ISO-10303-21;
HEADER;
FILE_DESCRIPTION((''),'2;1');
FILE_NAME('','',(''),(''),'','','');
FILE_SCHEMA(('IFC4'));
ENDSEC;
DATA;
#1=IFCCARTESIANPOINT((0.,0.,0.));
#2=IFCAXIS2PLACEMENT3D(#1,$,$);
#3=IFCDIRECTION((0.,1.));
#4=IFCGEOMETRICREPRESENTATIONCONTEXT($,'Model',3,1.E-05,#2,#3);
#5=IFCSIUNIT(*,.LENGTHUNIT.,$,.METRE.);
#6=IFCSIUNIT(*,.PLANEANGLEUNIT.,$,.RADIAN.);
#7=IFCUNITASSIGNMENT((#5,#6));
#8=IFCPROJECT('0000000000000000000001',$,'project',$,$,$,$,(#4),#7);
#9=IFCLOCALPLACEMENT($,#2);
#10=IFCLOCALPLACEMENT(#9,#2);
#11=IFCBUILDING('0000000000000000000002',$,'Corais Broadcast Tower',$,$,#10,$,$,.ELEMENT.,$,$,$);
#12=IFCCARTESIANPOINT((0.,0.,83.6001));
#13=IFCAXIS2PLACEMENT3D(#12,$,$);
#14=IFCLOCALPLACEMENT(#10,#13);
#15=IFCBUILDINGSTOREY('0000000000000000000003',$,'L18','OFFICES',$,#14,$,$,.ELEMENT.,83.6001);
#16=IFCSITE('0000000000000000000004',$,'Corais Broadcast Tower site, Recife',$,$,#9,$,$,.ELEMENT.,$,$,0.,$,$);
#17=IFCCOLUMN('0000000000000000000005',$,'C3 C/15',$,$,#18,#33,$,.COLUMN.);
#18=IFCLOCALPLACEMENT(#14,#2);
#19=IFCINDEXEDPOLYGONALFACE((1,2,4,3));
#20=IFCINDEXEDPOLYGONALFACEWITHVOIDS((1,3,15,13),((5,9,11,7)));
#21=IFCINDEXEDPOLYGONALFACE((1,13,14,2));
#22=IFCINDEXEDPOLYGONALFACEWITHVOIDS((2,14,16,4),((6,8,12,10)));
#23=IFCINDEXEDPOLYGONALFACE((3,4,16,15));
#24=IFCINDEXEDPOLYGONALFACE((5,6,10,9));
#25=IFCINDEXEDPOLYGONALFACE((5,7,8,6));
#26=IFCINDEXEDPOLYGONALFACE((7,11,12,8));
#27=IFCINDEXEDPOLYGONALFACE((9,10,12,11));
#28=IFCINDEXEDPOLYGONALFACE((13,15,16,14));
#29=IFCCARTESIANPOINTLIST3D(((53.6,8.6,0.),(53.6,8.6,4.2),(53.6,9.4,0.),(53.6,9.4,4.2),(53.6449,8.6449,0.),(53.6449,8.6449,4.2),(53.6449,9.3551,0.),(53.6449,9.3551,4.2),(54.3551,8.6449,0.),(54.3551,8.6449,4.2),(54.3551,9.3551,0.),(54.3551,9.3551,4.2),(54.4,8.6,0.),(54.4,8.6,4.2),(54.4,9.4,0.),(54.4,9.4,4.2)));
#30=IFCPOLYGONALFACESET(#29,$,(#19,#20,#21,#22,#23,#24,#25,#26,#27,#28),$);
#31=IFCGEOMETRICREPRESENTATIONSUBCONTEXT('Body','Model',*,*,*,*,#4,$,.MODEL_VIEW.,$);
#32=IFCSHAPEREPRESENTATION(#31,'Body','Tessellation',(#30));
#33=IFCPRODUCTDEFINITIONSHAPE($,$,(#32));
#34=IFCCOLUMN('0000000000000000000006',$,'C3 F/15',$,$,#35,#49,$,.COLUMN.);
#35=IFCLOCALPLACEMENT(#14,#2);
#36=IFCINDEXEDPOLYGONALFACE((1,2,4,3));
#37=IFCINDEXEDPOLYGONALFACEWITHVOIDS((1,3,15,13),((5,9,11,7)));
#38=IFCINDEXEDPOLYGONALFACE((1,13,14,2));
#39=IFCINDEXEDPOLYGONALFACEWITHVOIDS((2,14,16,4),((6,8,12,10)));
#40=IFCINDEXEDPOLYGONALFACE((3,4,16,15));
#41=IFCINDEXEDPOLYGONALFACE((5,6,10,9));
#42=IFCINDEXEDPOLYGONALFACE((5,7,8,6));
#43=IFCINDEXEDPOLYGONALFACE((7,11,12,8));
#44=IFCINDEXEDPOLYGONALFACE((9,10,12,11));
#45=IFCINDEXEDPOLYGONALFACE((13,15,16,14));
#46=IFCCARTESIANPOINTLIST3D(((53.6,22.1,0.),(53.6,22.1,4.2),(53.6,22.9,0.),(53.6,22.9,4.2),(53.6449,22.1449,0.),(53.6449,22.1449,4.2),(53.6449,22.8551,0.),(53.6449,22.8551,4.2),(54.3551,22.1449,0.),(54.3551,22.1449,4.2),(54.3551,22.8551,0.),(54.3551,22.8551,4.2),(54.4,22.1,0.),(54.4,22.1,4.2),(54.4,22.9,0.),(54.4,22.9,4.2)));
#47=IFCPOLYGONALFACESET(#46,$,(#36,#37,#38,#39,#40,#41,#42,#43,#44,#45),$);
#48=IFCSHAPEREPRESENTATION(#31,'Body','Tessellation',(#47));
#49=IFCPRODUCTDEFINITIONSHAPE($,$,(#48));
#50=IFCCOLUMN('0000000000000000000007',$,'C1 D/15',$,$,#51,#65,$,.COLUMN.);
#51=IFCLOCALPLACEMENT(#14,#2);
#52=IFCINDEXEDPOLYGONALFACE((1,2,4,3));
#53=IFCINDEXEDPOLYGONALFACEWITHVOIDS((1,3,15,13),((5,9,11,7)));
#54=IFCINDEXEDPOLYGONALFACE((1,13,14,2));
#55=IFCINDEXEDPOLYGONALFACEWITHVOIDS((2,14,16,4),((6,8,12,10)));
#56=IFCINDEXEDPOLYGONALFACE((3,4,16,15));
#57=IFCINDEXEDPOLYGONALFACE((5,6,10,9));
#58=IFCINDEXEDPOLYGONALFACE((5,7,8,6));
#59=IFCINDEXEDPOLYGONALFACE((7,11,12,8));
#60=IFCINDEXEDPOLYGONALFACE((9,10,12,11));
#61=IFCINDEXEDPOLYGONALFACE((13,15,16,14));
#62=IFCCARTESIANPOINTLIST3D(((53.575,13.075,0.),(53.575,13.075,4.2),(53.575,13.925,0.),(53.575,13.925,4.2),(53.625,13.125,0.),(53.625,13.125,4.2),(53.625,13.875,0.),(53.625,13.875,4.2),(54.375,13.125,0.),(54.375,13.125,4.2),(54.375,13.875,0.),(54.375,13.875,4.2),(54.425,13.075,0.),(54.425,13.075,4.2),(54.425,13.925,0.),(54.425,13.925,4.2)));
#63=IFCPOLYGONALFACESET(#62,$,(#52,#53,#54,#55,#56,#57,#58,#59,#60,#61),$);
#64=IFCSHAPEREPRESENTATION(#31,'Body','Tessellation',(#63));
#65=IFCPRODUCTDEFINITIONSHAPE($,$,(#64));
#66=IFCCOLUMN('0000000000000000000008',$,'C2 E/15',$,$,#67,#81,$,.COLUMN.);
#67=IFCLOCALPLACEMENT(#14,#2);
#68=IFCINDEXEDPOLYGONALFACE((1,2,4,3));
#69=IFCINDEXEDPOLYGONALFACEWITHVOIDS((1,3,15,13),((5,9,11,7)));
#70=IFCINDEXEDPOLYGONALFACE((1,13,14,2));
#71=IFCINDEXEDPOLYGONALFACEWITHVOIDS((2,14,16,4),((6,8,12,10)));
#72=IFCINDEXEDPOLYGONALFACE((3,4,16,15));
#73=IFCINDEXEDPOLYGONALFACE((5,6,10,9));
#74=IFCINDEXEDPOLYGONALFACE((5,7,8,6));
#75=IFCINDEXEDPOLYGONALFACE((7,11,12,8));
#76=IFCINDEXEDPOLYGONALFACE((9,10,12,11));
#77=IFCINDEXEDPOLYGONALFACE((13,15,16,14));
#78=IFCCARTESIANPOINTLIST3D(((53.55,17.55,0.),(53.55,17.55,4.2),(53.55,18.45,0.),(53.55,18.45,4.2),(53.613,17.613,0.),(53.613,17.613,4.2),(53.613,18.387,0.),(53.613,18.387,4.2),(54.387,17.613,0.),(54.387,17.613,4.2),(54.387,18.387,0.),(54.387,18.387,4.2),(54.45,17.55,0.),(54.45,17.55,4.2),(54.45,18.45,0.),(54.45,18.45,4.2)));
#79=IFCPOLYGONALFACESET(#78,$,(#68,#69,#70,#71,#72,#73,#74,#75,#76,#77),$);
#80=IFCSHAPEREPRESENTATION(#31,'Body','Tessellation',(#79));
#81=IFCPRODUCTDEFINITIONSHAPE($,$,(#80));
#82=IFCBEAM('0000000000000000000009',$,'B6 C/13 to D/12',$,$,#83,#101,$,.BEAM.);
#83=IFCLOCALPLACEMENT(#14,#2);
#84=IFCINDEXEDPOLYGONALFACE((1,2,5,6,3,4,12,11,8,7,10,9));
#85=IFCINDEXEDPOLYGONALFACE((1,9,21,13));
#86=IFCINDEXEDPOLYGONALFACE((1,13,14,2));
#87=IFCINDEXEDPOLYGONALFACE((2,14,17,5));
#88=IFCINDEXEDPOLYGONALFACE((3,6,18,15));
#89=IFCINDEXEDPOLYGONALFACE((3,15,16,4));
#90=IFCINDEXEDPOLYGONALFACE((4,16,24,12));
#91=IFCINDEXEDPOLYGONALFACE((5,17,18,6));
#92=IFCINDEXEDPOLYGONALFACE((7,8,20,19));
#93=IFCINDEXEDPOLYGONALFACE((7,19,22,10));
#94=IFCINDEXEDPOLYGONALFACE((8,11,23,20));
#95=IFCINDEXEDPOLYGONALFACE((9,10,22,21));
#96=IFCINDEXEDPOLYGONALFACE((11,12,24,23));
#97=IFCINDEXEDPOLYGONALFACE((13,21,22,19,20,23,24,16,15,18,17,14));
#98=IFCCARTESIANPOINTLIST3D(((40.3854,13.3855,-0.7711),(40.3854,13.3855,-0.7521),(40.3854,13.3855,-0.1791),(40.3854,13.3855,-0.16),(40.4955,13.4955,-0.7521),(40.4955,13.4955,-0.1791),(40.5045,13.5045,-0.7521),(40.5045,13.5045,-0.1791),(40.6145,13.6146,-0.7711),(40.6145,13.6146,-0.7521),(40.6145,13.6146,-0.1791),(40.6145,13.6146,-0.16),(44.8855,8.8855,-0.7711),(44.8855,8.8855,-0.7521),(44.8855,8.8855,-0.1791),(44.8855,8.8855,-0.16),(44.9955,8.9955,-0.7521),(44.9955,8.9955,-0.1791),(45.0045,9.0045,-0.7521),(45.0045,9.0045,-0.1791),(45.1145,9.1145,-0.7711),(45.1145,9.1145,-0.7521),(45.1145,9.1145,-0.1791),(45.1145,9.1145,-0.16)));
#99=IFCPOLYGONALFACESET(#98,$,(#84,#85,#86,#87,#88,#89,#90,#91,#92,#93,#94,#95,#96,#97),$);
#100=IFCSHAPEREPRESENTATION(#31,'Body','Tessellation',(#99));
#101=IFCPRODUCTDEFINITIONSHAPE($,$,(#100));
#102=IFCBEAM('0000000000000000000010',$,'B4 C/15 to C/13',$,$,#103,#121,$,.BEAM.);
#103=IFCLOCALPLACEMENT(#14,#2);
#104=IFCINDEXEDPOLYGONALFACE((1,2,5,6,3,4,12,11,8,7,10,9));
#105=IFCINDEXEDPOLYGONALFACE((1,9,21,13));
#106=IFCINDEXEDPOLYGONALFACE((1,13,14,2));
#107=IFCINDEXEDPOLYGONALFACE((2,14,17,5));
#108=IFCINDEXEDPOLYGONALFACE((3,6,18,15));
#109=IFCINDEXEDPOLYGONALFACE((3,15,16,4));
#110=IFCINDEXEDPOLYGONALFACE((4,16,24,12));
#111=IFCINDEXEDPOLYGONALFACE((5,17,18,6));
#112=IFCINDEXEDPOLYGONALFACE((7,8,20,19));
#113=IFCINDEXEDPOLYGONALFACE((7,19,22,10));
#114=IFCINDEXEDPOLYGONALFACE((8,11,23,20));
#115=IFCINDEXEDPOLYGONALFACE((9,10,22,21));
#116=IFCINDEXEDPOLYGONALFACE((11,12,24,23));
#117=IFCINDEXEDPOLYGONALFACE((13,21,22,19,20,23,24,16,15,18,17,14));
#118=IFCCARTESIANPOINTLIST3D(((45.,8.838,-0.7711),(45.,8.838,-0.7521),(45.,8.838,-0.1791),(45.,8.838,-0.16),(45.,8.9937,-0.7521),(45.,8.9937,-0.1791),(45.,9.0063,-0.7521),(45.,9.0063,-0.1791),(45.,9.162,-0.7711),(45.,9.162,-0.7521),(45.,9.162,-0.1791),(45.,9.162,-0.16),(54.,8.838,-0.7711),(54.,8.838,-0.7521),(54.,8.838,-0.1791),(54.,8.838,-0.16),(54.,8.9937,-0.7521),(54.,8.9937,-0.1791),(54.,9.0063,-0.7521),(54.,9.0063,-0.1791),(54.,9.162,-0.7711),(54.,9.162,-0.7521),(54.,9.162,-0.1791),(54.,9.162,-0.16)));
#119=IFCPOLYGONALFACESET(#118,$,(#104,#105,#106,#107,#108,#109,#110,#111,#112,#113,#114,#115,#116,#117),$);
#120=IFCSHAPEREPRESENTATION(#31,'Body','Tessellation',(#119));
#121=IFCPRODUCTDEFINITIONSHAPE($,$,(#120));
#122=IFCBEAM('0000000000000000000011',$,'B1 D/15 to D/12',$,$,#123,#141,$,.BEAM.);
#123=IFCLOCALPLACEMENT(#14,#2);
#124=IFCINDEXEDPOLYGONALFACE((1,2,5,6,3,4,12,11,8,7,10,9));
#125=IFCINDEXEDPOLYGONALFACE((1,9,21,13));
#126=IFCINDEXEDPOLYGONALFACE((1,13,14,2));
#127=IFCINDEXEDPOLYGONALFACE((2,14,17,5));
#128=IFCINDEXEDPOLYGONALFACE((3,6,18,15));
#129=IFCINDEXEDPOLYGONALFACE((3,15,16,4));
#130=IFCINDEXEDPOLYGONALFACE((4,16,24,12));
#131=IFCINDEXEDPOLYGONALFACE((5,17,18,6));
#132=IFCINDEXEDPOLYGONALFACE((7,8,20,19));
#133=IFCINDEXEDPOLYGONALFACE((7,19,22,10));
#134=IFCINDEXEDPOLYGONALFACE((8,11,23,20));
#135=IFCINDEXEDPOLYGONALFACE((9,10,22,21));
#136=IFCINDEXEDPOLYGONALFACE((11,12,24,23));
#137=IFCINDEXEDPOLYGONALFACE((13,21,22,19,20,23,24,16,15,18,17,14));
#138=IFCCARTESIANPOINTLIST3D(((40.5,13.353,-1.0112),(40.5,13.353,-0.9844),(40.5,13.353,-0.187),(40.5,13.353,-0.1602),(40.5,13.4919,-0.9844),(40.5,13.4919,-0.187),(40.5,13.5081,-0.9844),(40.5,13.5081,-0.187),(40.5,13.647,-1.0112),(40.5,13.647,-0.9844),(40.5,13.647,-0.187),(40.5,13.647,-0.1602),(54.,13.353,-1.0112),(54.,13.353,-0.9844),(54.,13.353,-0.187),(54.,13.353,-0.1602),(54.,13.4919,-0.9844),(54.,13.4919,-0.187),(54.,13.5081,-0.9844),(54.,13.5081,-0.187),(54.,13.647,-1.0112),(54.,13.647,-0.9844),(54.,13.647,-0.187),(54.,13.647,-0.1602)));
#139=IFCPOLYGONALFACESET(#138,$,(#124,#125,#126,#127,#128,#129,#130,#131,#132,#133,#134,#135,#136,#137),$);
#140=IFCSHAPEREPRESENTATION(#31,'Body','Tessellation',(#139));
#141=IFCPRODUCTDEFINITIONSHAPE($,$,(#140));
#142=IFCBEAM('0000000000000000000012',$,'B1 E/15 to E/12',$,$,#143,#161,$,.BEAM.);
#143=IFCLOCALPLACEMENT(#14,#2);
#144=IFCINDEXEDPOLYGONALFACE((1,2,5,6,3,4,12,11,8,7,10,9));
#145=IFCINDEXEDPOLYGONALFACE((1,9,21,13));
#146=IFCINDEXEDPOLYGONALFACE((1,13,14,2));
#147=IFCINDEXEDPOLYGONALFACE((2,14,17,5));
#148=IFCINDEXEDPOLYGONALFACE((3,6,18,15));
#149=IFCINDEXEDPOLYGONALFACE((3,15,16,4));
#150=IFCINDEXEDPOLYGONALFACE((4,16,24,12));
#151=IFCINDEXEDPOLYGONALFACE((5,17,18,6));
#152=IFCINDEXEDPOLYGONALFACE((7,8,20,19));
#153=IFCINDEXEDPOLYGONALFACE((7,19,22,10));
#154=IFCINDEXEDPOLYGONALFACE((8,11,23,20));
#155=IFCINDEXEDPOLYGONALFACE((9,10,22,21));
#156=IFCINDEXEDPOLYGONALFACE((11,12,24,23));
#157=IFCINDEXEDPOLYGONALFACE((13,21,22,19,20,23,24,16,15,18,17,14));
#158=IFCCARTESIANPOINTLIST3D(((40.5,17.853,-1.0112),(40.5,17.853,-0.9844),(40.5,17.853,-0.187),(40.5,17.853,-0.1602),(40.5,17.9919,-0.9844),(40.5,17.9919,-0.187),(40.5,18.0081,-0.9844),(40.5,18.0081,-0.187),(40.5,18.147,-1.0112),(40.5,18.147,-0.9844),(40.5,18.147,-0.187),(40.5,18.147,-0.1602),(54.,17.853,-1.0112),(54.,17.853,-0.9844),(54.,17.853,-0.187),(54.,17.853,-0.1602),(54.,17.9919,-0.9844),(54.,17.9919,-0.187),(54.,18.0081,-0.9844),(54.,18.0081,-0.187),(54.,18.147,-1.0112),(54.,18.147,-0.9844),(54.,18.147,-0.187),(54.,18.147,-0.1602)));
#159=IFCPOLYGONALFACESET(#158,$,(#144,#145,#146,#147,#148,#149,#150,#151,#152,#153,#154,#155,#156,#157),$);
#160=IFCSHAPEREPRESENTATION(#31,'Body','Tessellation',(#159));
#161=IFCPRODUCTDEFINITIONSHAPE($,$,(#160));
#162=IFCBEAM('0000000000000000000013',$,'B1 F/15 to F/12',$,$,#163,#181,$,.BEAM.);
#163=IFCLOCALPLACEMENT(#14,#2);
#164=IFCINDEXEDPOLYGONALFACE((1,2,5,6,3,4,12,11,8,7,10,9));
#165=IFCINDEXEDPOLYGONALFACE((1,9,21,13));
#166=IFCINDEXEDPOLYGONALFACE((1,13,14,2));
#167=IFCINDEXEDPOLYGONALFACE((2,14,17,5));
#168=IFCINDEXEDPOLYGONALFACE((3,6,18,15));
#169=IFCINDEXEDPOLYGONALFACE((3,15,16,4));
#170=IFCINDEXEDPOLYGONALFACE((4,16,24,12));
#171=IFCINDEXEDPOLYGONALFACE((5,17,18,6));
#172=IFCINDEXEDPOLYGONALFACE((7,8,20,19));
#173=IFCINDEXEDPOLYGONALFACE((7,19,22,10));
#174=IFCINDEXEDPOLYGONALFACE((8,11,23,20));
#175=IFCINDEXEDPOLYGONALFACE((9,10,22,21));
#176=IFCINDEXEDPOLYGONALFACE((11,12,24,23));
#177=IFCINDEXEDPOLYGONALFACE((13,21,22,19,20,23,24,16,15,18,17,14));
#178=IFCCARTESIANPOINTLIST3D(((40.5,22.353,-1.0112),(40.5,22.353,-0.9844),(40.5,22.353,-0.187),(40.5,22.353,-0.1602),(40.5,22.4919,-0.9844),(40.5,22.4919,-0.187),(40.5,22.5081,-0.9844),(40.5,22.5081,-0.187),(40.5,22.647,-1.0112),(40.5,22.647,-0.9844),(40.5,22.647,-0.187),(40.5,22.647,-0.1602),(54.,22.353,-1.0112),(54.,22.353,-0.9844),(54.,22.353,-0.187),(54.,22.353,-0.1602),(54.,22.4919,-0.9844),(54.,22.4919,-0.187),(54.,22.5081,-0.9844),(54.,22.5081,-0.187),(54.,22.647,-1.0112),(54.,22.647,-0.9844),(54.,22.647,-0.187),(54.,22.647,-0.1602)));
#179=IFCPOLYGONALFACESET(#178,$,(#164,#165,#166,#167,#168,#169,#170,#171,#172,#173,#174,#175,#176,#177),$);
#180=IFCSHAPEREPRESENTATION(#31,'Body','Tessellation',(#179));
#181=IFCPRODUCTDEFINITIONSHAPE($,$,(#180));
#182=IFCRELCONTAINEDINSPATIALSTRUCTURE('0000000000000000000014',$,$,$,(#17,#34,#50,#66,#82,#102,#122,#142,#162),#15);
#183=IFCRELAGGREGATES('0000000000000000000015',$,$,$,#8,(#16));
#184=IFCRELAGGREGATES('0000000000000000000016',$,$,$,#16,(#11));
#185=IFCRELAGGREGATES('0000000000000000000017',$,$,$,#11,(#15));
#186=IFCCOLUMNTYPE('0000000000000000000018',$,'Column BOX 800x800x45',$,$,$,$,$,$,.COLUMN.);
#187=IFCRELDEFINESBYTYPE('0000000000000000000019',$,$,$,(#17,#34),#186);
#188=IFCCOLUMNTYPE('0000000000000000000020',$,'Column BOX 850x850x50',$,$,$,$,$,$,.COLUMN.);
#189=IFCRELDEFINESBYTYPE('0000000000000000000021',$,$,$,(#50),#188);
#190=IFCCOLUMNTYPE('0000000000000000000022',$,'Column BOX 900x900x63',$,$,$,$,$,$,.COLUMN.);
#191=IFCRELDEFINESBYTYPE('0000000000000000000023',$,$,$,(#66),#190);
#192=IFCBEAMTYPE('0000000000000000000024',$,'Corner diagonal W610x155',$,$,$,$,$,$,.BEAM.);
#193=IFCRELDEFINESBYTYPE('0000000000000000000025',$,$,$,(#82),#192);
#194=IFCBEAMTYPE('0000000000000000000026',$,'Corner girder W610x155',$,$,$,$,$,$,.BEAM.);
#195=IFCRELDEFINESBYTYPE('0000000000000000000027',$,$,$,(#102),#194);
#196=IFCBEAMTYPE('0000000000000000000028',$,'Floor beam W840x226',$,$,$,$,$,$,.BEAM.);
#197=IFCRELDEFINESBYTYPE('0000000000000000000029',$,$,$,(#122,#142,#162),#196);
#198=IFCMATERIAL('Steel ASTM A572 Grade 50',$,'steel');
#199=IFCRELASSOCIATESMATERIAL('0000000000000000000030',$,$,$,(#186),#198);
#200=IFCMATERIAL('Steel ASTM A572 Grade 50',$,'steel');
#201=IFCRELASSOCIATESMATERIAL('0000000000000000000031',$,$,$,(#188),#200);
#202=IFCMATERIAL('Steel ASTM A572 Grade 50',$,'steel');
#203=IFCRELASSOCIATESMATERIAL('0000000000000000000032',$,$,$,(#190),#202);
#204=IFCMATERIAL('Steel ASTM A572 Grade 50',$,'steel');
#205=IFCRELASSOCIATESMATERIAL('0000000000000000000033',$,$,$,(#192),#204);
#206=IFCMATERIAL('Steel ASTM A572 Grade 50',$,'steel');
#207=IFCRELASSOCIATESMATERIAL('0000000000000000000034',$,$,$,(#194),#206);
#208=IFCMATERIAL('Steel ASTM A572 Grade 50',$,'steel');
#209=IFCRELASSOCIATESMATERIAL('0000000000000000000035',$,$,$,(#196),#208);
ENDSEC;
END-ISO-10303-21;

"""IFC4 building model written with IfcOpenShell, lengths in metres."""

from ifc_helpers import new_model, si_unit, direction, frame, origin, origin_2d, place, context, subcontext, project, spatial, hollow_rectangle, i_section, extrude, material, material_profile, profile_set, type_object, element, save


model = new_model("IFC4")

# Units and contexts
model_context = context("Model", 3, precision=1e-05, world=origin(), true_north=direction((0.0, 1.0)))
body_context = subcontext(model_context, "Body", "Model", "MODEL_VIEW")
ifc_project = project(units=[si_unit("LENGTHUNIT", "METRE"), si_unit("PLANEANGLEUNIT", "RADIAN")], contexts=[model_context])

# Site, building, storey
site_placement = place(None, origin())
site = spatial("IfcSite", under=ifc_project, at=site_placement, Name="Corais Broadcast Tower site, Recife", CompositionType="ELEMENT", RefElevation=0.0)
building_placement = place(site_placement, origin())
building = spatial("IfcBuilding", under=site, at=building_placement, Name="Corais Broadcast Tower", CompositionType="ELEMENT")
storey_placement = place(building_placement, frame((0.0, 0.0, 83.6001)))
storey = spatial("IfcBuildingStorey", under=building, at=storey_placement, Name="L18", Description="OFFICES", CompositionType="ELEMENT", Elevation=83.6001)

# Columns
ifc_material_1 = material(Name="Steel ASTM A572 Grade 50", Category="steel")
ifc_material_profile_1 = material_profile(ifc_material_1, hollow_rectangle(XDim=0.8, YDim=0.8, WallThickness=0.0449, at=origin_2d()), Name="BOX 800x800x45")
ifc_profile_set_1 = profile_set([ifc_material_profile_1], Name="Steel ASTM A572 Grade 50")
column_type_1 = type_object("IfcColumnType", Name="Column BOX 800x800x45", PredefinedType="COLUMN", material=ifc_profile_set_1)
for number, where, z_axis, x_axis, name in (
    (1, (54.0, 9.0, 0.0), (0.0, 0.0, 1.0), (1.0, 0.0, 0.0), "C3 C/15"),
    (2, (54.0, 22.5, 0.0), (0.0, 0.0, 1.0), (1.0, 0.0, 0.0), "C3 F/15"),
):
    element("IfcColumn", number, at=place(storey_placement, frame(where, z_axis=z_axis, x_axis=x_axis)), inside=storey, type_object=column_type_1, Name=name, PredefinedType="COLUMN", context=body_context, shape_type="SweptSolid", body=[
        extrude(hollow_rectangle(XDim=0.8, YDim=0.8, WallThickness=0.0449, at=origin_2d()), origin(), (0.0, 0.0, 1.0), 4.2),
    ])
ifc_material_2 = material(Name="Steel ASTM A572 Grade 50", Category="steel")
ifc_material_profile_2 = material_profile(ifc_material_2, hollow_rectangle(XDim=0.8501, YDim=0.8501, WallThickness=0.05, at=origin_2d()), Name="BOX 850x850x50")
ifc_profile_set_2 = profile_set([ifc_material_profile_2], Name="Steel ASTM A572 Grade 50")
column_type_2 = type_object("IfcColumnType", Name="Column BOX 850x850x50", PredefinedType="COLUMN", material=ifc_profile_set_2)
column_1_placement = place(storey_placement, frame((54.0, 13.5, 0.0), z_axis=(0.0, 0.0, 1.0), x_axis=(1.0, 0.0, 0.0)))
element("IfcColumn", 3, at=column_1_placement, inside=storey, type_object=column_type_2, Name="C1 D/15", PredefinedType="COLUMN", context=body_context, shape_type="SweptSolid", body=[
    extrude(hollow_rectangle(XDim=0.8501, YDim=0.8501, WallThickness=0.05, at=origin_2d()), origin(), (0.0, 0.0, 1.0), 4.2),
])
ifc_material_3 = material(Name="Steel ASTM A572 Grade 50", Category="steel")
ifc_material_profile_3 = material_profile(ifc_material_3, hollow_rectangle(XDim=0.8999, YDim=0.8999, WallThickness=0.063, at=origin_2d()), Name="BOX 900x900x63")
ifc_profile_set_3 = profile_set([ifc_material_profile_3], Name="Steel ASTM A572 Grade 50")
column_type_3 = type_object("IfcColumnType", Name="Column BOX 900x900x63", PredefinedType="COLUMN", material=ifc_profile_set_3)
column_2_placement = place(storey_placement, frame((54.0, 18.0, 0.0), z_axis=(0.0, 0.0, 1.0), x_axis=(1.0, 0.0, 0.0)))
element("IfcColumn", 4, at=column_2_placement, inside=storey, type_object=column_type_3, Name="C2 E/15", PredefinedType="COLUMN", context=body_context, shape_type="SweptSolid", body=[
    extrude(hollow_rectangle(XDim=0.8999, YDim=0.8999, WallThickness=0.063, at=origin_2d()), origin(), (0.0, 0.0, 1.0), 4.2),
])

# Beams
ifc_material_4 = material(Name="Steel ASTM A572 Grade 50", Category="steel")
ifc_material_profile_4 = material_profile(ifc_material_4, i_section(OverallWidth=0.324, OverallDepth=0.6111, WebThickness=0.0127, FlangeThickness=0.019, at=origin_2d()), Name="W610x155")
ifc_profile_set_4 = profile_set([ifc_material_profile_4], Name="Steel ASTM A572 Grade 50")
beam_type_1 = type_object("IfcBeamType", Name="Corner diagonal W610x155", PredefinedType="BEAM", material=ifc_profile_set_4)
beam_1_placement = place(storey_placement, frame((45.0, 9.0, -0.4656), z_axis=(-0.707107, 0.707107, 0.0), x_axis=(-0.707107, -0.707107, 0.0)))
element("IfcBeam", 5, at=beam_1_placement, inside=storey, type_object=beam_type_1, Name="B6 C/13 to D/12", PredefinedType="BEAM", context=body_context, shape_type="SweptSolid", body=[
    extrude(i_section(OverallWidth=0.324, OverallDepth=0.6111, WebThickness=0.0127, FlangeThickness=0.019, at=origin_2d()), origin(), (0.0, 0.0, 1.0), 6.364),
])
ifc_material_5 = material(Name="Steel ASTM A572 Grade 50", Category="steel")
ifc_material_profile_5 = material_profile(ifc_material_5, i_section(OverallWidth=0.324, OverallDepth=0.6111, WebThickness=0.0127, FlangeThickness=0.019, at=origin_2d()), Name="W610x155")
ifc_profile_set_5 = profile_set([ifc_material_profile_5], Name="Steel ASTM A572 Grade 50")
beam_type_2 = type_object("IfcBeamType", Name="Corner girder W610x155", PredefinedType="BEAM", material=ifc_profile_set_5)
beam_2_placement = place(storey_placement, frame((54.0, 9.0, -0.4656), z_axis=(-1.0, 0.0, 0.0), x_axis=(0.0, -1.0, 0.0)))
element("IfcBeam", 6, at=beam_2_placement, inside=storey, type_object=beam_type_2, Name="B4 C/15 to C/13", PredefinedType="BEAM", context=body_context, shape_type="SweptSolid", body=[
    extrude(i_section(OverallWidth=0.324, OverallDepth=0.6111, WebThickness=0.0127, FlangeThickness=0.019, at=origin_2d()), origin(), (0.0, 0.0, 1.0), 9.0),
])
ifc_material_6 = material(Name="Steel ASTM A572 Grade 50", Category="steel")
ifc_material_profile_6 = material_profile(ifc_material_6, i_section(OverallWidth=0.2939, OverallDepth=0.8511, WebThickness=0.0161, FlangeThickness=0.0269, at=origin_2d()), Name="W840x226")
ifc_profile_set_6 = profile_set([ifc_material_profile_6], Name="Steel ASTM A572 Grade 50")
beam_type_3 = type_object("IfcBeamType", Name="Floor beam W840x226", PredefinedType="BEAM", material=ifc_profile_set_6)
for number, where, z_axis, x_axis, name in (
    (7, (54.0, 13.5, -0.5857), (-1.0, 0.0, 0.0), (0.0, -1.0, 0.0), "B1 D/15 to D/12"),
    (8, (54.0, 18.0, -0.5857), (-1.0, 0.0, 0.0), (0.0, -1.0, 0.0), "B1 E/15 to E/12"),
    (9, (54.0, 22.5, -0.5857), (-1.0, 0.0, 0.0), (0.0, -1.0, 0.0), "B1 F/15 to F/12"),
):
    element("IfcBeam", number, at=place(storey_placement, frame(where, z_axis=z_axis, x_axis=x_axis)), inside=storey, type_object=beam_type_3, Name=name, PredefinedType="BEAM", context=body_context, shape_type="SweptSolid", body=[
        extrude(i_section(OverallWidth=0.2939, OverallDepth=0.8511, WebThickness=0.0161, FlangeThickness=0.0269, at=origin_2d()), origin(), (0.0, 0.0, 1.0), 13.5),
    ])

save(model, "model.ifc")
